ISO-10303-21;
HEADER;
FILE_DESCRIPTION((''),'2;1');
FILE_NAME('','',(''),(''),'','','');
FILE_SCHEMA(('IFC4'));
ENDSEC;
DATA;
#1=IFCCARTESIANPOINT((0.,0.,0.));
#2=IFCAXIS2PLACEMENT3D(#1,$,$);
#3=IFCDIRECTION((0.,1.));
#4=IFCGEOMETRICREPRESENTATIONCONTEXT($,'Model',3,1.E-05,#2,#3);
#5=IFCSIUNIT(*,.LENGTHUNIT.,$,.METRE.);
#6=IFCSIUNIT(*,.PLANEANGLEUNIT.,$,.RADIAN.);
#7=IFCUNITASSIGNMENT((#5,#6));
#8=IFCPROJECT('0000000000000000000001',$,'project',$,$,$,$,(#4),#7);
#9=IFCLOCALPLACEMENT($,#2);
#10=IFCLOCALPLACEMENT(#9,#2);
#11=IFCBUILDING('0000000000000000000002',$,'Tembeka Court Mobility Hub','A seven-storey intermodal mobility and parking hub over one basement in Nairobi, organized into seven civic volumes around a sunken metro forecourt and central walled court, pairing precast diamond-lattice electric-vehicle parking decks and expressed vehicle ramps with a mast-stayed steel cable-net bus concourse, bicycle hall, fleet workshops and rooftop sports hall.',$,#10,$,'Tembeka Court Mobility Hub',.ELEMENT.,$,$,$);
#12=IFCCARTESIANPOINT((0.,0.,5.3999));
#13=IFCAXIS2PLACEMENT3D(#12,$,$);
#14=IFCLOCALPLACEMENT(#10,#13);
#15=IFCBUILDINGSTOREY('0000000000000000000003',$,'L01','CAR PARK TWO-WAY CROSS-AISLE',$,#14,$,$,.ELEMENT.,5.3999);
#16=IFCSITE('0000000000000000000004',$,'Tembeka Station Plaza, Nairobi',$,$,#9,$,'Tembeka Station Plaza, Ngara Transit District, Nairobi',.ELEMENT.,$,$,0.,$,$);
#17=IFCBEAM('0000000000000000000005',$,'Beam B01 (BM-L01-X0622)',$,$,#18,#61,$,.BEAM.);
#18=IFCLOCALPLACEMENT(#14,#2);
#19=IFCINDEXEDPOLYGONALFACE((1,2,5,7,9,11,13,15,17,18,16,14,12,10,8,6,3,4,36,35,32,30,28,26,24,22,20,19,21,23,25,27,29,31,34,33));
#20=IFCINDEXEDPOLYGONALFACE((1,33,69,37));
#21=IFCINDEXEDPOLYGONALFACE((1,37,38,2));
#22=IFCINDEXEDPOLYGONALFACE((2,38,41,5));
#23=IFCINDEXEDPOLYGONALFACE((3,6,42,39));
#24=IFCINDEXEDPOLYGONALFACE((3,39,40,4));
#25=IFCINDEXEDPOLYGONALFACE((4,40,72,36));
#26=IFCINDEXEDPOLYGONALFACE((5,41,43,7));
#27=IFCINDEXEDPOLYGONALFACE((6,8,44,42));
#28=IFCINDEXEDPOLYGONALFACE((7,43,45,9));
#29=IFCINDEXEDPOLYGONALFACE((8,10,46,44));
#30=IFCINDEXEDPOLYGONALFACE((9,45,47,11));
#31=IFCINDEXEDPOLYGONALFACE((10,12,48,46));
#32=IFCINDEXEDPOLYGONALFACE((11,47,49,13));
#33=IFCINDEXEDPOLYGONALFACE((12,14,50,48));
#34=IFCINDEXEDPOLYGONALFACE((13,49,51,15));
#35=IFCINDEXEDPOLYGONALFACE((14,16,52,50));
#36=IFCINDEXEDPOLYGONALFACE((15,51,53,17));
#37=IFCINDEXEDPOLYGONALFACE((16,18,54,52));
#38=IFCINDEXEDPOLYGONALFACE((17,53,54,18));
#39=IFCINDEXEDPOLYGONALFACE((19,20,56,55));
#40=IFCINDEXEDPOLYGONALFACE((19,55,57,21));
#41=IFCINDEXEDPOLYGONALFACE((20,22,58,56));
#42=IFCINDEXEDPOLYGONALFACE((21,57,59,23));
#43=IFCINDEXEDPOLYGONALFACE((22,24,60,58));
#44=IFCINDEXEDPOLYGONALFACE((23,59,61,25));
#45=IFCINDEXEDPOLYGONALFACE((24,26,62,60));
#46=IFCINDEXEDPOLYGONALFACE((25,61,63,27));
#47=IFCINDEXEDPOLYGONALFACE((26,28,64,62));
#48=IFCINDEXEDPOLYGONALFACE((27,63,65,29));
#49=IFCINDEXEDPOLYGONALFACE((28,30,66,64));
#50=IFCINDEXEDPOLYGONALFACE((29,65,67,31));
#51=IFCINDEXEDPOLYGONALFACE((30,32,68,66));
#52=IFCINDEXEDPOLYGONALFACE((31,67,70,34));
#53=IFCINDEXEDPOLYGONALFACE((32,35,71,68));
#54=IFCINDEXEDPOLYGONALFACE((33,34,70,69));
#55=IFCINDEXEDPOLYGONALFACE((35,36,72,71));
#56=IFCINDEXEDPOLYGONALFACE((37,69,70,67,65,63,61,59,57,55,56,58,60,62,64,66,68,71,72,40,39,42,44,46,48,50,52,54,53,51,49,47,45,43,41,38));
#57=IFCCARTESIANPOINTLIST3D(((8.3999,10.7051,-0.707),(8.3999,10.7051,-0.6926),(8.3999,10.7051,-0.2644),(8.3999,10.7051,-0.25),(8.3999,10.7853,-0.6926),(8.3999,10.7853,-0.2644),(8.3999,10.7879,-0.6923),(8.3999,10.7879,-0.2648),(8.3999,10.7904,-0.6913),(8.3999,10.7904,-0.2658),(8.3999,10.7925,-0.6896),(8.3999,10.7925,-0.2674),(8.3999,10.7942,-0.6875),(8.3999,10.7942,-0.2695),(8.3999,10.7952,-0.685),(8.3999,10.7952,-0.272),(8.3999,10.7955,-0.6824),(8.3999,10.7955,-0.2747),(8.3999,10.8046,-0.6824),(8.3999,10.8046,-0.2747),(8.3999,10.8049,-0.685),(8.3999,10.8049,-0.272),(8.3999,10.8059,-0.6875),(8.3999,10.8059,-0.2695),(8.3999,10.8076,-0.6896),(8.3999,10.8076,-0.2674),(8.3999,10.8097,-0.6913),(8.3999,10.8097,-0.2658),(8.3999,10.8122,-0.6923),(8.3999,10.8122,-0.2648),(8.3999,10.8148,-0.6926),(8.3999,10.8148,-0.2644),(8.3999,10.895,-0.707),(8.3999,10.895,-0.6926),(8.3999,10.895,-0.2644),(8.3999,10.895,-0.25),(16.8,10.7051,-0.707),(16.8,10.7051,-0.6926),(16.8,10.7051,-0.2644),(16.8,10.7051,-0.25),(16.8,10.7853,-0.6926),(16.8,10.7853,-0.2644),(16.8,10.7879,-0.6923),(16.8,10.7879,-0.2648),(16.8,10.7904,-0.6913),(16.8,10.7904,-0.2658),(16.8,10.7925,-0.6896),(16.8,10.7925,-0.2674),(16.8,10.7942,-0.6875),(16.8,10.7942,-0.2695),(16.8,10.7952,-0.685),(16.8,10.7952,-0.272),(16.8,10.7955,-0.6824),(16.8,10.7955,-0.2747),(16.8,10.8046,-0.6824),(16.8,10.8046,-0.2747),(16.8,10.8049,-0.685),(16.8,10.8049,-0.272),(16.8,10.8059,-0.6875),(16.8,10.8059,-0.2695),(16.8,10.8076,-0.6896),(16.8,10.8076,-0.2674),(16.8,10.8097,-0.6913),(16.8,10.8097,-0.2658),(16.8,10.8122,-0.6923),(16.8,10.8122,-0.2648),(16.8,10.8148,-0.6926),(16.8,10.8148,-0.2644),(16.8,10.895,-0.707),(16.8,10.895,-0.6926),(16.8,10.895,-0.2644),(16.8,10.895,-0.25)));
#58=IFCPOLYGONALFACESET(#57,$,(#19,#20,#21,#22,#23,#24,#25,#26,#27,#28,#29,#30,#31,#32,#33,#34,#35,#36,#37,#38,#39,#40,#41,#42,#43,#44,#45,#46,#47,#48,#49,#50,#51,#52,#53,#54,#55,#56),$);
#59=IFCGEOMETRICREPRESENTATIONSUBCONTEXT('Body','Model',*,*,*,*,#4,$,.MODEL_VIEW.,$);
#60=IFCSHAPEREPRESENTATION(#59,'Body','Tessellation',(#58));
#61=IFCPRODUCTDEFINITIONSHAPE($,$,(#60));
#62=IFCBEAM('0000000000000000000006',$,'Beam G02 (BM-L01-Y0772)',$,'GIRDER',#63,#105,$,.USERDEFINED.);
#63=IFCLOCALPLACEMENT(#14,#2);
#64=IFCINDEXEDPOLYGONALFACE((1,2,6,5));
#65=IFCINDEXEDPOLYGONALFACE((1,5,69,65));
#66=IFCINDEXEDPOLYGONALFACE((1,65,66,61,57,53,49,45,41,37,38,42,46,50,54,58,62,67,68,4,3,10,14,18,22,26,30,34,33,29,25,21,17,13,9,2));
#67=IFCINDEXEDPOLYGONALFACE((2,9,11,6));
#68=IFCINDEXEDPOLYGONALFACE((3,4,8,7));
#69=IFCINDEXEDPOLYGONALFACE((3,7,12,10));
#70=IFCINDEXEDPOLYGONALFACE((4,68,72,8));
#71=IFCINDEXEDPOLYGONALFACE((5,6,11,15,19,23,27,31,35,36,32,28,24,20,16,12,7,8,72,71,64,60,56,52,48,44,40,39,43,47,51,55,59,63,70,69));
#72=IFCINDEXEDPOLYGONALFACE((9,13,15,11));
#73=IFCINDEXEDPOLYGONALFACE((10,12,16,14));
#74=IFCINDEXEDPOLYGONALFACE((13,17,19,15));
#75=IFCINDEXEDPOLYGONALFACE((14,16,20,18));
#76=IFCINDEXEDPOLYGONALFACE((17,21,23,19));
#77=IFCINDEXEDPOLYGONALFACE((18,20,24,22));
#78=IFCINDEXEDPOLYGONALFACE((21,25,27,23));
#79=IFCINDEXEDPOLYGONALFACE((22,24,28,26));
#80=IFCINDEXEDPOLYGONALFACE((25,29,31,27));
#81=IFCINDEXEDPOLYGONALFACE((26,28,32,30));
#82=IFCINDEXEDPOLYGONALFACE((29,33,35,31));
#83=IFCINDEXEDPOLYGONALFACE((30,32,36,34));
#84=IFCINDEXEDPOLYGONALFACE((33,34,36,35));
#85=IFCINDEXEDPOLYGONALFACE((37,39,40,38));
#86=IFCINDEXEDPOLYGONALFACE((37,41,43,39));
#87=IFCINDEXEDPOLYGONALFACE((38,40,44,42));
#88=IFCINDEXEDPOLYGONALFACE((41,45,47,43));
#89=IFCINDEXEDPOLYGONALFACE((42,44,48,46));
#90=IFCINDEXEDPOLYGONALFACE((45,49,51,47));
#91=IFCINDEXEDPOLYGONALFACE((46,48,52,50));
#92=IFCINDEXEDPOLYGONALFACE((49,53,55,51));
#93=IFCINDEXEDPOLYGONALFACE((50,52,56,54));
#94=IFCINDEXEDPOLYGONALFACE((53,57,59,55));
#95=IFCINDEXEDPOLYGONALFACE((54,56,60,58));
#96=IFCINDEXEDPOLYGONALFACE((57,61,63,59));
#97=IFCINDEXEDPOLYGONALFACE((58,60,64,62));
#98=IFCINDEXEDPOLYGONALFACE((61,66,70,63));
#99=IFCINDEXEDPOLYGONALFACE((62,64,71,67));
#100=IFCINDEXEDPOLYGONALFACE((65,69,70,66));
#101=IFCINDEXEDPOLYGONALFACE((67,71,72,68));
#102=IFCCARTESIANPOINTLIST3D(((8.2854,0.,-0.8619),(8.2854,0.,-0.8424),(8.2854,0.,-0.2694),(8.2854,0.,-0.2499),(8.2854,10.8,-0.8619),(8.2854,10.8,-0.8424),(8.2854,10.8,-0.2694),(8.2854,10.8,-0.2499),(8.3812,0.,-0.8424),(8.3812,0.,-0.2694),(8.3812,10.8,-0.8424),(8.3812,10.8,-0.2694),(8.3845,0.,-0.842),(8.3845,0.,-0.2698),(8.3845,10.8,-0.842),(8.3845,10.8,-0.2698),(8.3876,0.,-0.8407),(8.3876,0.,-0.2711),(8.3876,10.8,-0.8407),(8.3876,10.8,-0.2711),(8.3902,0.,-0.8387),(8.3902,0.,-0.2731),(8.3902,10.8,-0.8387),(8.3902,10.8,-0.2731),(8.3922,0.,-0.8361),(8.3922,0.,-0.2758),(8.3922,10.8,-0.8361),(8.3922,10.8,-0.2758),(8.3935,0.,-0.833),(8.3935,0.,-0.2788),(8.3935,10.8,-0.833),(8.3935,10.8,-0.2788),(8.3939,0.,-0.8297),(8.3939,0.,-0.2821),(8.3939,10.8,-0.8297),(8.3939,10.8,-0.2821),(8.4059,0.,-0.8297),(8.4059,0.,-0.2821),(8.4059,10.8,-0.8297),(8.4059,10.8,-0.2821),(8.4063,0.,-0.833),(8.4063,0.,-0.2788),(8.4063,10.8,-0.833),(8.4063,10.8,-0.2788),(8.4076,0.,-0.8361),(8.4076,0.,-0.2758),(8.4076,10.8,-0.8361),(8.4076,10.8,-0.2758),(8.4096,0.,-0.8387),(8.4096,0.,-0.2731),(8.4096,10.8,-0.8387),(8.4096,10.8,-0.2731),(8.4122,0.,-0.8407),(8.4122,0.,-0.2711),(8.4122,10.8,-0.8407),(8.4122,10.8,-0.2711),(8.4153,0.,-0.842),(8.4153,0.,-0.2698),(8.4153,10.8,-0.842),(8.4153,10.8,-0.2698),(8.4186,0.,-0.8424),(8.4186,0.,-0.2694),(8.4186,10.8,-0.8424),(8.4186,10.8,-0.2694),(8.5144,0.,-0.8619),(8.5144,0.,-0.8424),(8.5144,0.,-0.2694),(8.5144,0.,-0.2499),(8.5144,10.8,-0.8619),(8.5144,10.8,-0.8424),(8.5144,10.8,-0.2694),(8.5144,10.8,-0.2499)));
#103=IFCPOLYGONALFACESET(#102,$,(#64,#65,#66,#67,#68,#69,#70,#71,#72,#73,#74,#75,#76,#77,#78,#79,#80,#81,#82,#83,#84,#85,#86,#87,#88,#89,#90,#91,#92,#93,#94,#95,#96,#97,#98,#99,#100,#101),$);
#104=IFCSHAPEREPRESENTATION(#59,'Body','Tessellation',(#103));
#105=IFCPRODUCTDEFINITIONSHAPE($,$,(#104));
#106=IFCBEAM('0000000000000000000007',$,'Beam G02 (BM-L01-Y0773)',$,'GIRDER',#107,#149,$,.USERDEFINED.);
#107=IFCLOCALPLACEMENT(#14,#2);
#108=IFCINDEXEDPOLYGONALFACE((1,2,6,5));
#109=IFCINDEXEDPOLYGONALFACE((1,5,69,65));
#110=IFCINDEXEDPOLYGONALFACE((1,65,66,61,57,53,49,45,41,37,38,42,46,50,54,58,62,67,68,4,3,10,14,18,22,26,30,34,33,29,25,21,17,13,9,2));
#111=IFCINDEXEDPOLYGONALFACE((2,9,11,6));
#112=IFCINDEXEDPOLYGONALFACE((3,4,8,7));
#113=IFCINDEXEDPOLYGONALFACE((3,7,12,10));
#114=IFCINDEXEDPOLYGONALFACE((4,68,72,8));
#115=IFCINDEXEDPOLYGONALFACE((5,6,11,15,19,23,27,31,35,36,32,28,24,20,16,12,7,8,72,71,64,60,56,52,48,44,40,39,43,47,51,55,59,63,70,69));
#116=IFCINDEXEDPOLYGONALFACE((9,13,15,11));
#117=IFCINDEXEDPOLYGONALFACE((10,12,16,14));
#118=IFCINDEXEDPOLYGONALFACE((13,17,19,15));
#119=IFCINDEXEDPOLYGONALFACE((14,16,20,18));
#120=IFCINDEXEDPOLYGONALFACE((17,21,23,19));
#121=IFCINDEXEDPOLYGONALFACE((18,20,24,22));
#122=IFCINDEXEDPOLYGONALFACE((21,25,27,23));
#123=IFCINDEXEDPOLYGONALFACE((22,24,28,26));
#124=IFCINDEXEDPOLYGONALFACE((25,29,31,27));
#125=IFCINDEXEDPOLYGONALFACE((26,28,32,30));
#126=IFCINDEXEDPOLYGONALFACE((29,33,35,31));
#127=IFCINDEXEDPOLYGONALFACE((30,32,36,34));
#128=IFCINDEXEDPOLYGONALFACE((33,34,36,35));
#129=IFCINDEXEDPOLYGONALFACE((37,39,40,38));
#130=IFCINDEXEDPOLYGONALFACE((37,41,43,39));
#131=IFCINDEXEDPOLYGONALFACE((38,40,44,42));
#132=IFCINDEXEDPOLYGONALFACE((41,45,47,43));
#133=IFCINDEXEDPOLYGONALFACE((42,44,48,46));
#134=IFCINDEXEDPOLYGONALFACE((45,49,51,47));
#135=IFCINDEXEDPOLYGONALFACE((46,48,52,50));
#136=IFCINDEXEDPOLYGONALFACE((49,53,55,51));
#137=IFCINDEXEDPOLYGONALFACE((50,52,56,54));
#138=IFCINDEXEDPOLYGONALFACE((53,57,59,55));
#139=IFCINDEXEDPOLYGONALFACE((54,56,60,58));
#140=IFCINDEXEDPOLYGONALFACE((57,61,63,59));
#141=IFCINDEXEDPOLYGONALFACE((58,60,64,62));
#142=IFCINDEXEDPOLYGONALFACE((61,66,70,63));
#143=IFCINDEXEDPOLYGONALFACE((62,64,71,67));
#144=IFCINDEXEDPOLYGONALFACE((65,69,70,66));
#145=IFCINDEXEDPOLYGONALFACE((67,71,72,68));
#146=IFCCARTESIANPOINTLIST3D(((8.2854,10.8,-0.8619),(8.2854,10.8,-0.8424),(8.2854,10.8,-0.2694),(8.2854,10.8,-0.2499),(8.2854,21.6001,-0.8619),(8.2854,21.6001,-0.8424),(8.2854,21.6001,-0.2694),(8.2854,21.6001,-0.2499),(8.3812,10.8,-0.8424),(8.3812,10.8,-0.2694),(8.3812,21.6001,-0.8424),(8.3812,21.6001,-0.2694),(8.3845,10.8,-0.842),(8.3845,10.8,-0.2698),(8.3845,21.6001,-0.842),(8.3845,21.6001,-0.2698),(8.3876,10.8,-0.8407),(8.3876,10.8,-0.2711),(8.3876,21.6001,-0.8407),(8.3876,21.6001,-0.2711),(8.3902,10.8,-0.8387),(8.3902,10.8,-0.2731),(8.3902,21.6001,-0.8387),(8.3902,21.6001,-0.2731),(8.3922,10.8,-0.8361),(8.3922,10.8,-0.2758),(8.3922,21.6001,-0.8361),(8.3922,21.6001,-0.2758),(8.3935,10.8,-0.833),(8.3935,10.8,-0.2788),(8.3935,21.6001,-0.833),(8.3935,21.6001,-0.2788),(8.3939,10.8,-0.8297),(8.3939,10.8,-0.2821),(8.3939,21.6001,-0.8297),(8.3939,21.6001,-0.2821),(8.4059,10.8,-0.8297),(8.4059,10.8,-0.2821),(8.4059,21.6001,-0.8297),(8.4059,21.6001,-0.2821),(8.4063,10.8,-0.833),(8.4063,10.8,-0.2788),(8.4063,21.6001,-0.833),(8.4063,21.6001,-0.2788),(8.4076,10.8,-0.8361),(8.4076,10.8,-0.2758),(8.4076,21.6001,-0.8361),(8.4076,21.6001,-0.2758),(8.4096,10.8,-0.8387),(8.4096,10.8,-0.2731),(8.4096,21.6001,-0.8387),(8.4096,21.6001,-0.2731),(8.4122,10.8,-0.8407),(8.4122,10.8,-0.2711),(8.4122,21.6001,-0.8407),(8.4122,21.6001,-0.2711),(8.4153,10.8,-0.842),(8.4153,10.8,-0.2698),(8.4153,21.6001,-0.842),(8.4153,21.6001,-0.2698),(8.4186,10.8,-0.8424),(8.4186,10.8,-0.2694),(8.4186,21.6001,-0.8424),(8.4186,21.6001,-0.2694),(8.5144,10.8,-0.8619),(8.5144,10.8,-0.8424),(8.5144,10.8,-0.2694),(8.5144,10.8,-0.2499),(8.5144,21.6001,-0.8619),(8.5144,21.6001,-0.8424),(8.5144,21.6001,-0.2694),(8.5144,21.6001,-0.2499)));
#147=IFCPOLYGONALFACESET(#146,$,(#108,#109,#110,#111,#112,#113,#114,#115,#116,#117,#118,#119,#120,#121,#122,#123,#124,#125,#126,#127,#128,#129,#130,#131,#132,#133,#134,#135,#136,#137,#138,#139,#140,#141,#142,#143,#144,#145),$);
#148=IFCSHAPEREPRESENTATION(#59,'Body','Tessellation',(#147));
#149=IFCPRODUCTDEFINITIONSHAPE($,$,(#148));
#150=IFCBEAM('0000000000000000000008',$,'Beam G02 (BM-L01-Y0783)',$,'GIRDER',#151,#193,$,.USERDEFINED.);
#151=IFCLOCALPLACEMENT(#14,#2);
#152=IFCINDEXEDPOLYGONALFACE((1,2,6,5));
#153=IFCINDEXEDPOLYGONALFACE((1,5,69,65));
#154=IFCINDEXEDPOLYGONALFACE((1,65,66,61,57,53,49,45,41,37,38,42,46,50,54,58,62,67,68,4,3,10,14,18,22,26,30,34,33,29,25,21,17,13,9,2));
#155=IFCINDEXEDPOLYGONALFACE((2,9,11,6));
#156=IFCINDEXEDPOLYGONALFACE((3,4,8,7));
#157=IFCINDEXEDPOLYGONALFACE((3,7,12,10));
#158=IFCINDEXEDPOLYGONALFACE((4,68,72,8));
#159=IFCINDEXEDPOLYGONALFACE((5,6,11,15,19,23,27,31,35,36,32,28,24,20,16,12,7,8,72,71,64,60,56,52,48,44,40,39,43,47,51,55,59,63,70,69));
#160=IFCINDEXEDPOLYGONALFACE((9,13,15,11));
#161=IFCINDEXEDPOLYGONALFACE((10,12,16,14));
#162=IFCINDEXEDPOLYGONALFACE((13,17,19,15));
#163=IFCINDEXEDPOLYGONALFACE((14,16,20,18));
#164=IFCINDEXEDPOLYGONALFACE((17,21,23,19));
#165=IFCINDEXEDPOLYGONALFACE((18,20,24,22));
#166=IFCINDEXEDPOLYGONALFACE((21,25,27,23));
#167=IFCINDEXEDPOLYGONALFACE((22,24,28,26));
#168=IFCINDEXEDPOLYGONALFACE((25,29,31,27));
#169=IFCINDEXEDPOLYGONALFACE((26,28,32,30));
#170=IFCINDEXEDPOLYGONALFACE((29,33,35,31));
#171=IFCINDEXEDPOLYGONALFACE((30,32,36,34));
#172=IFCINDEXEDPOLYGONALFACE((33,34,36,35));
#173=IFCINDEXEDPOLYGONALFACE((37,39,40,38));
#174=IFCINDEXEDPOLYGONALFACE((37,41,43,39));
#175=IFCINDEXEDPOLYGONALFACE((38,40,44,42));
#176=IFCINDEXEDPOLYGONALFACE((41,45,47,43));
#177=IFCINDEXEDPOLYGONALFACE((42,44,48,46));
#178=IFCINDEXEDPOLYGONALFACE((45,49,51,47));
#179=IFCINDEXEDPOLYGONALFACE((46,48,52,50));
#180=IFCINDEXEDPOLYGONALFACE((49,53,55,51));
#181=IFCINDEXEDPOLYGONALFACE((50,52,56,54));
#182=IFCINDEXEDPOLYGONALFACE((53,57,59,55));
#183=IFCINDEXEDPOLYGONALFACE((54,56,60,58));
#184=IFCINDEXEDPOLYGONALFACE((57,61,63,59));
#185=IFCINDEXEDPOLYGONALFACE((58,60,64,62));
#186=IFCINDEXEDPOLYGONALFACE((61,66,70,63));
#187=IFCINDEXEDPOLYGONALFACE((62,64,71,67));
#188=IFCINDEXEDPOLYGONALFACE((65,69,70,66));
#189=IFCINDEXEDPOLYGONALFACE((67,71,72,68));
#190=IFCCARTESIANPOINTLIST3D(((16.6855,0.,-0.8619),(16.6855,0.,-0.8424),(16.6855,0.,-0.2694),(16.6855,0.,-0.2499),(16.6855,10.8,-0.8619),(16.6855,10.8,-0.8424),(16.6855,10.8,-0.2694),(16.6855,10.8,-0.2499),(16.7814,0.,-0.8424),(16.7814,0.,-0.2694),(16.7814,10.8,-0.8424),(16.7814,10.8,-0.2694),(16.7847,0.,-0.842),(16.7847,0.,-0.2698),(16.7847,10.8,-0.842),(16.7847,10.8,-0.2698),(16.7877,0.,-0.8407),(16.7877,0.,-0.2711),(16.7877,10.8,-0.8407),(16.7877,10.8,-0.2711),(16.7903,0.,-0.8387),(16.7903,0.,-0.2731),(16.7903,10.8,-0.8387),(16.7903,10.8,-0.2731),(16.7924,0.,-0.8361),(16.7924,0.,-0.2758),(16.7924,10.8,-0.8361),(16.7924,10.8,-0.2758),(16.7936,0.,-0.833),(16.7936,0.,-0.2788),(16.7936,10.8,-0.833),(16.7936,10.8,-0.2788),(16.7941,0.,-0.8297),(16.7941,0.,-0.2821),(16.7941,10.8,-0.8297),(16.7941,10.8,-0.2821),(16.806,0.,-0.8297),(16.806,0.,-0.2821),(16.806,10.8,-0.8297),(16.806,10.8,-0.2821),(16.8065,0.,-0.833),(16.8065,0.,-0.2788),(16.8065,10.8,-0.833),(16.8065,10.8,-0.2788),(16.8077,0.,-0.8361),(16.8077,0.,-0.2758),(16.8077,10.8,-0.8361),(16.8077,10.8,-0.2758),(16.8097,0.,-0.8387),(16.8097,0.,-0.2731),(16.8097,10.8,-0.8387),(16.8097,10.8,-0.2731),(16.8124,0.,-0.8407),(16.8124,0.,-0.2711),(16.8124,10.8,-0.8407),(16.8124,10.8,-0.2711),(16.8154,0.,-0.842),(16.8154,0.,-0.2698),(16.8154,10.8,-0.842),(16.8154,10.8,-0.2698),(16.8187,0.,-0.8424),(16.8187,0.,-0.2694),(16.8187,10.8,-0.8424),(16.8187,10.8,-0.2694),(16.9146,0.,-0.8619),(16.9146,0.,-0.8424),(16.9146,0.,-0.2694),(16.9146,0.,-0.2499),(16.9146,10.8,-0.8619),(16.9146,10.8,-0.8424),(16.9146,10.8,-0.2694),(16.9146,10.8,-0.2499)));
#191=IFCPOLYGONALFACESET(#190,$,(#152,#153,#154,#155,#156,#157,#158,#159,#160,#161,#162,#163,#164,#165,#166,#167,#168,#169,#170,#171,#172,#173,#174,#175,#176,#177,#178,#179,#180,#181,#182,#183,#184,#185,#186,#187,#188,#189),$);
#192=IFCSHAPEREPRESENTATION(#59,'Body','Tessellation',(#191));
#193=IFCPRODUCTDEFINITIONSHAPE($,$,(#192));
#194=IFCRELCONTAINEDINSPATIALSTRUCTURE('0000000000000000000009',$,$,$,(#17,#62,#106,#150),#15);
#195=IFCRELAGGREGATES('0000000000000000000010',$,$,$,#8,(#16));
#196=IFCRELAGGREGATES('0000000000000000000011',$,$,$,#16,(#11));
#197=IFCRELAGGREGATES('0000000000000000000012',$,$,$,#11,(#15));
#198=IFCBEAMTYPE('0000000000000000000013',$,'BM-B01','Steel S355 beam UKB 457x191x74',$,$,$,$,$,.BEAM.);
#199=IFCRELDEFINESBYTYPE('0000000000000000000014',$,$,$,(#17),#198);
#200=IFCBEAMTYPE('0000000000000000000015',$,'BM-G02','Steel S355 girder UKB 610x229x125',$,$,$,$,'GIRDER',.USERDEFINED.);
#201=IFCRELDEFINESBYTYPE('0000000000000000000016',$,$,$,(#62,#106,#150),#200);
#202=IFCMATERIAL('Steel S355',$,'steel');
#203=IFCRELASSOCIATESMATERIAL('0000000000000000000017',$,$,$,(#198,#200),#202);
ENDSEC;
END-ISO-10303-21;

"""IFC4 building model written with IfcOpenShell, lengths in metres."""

from ifc_helpers import new_model, si_unit, direction, frame, origin, origin_2d, place, context, subcontext, project, spatial, i_section, extrude, material, material_profile, profile_set, type_object, element, save


model = new_model("IFC4")

# Units and contexts
model_context = context("Model", 3, precision=1e-05, world=origin(), true_north=direction((0.0, 1.0)))
body_context = subcontext(model_context, "Body", "Model", "MODEL_VIEW")
ifc_project = project(units=[si_unit("LENGTHUNIT", "METRE"), si_unit("PLANEANGLEUNIT", "RADIAN")], contexts=[model_context])

# Site, building, storey
site_placement = place(None, origin())
site = spatial("IfcSite", under=ifc_project, at=site_placement, Name="Tembeka Station Plaza, Nairobi", LongName="Tembeka Station Plaza, Ngara Transit District, Nairobi", CompositionType="ELEMENT", RefElevation=0.0)
building_placement = place(site_placement, origin())
building = spatial("IfcBuilding", under=site, at=building_placement, Name="Tembeka Court Mobility Hub", Description="A seven-storey intermodal mobility and parking hub over one basement in Nairobi, organized into seven civic volumes around a sunken metro forecourt and central walled court, pairing precast diamond-lattice electric-vehicle parking decks and expressed vehicle ramps with a mast-stayed steel cable-net bus concourse, bicycle hall, fleet workshops and rooftop sports hall.", LongName="Tembeka Court Mobility Hub", CompositionType="ELEMENT")
storey_placement = place(building_placement, frame((0.0, 0.0, 5.3999)))
storey = spatial("IfcBuildingStorey", under=building, at=storey_placement, Name="L01", Description="CAR PARK TWO-WAY CROSS-AISLE", CompositionType="ELEMENT", Elevation=5.3999)

# Shared definitions
ifc_material_1 = material(Name="Steel S355", Category="steel")

# Beams
ifc_material_profile_1 = material_profile(ifc_material_1, i_section(OverallWidth=0.1899, OverallDepth=0.457, WebThickness=0.009, FlangeThickness=0.0144, FilletRadius=0.0103, at=origin_2d()), Name="UKB 457x191x74")
ifc_profile_set_1 = profile_set([ifc_material_profile_1], Name="Steel S355")
beam_type_1 = type_object("IfcBeamType", Name="BM-B01", Description="Steel S355 beam UKB 457x191x74", PredefinedType="BEAM", material=ifc_profile_set_1)
beam_1_placement = place(storey_placement, frame((8.3999, 10.8, -0.4785), z_axis=(1.0, 0.0, 0.0), x_axis=(0.0, 1.0, 0.0)))
element("IfcBeam", 1, at=beam_1_placement, inside=storey, type_object=beam_type_1, Name="Beam B01 (BM-L01-X0622)", PredefinedType="BEAM", context=body_context, shape_type="SweptSolid", body=[
    extrude(i_section(OverallWidth=0.1899, OverallDepth=0.457, WebThickness=0.009, FlangeThickness=0.0144, FilletRadius=0.0103, at=origin_2d()), origin(), (0.0, 0.0, 1.0), 8.4001),
])
ifc_material_profile_2 = material_profile(ifc_material_1, i_section(OverallWidth=0.229, OverallDepth=0.6121, WebThickness=0.012, FlangeThickness=0.0195, FilletRadius=0.0127, at=origin_2d()), Name="UKB 610x229x125")
ifc_profile_set_2 = profile_set([ifc_material_profile_2], Name="Steel S355")
beam_type_2 = type_object("IfcBeamType", Name="BM-G02", Description="Steel S355 girder UKB 610x229x125", ElementType="GIRDER", PredefinedType="USERDEFINED", material=ifc_profile_set_2)
for number, where, z_axis, x_axis, name in (
    (2, (8.3999, 0.0, -0.5559), (0.0, 1.0, 0.0), (-1.0, 0.0, 0.0), "Beam G02 (BM-L01-Y0772)"),
    (3, (8.3999, 10.8, -0.5559), (0.0, 1.0, 0.0), (-1.0, 0.0, 0.0), "Beam G02 (BM-L01-Y0773)"),
    (4, (16.8, 0.0, -0.5559), (0.0, 1.0, 0.0), (-1.0, 0.0, 0.0), "Beam G02 (BM-L01-Y0783)"),
):
    element("IfcBeam", number, at=place(storey_placement, frame(where, z_axis=z_axis, x_axis=x_axis)), inside=storey, type_object=beam_type_2, Name=name, ObjectType="GIRDER", PredefinedType="USERDEFINED", context=body_context, shape_type="SweptSolid", body=[
        extrude(i_section(OverallWidth=0.229, OverallDepth=0.6121, WebThickness=0.012, FlangeThickness=0.0195, FilletRadius=0.0127, at=origin_2d()), origin(), (0.0, 0.0, 1.0), 10.8),
    ])

save(model, "model.ifc")
